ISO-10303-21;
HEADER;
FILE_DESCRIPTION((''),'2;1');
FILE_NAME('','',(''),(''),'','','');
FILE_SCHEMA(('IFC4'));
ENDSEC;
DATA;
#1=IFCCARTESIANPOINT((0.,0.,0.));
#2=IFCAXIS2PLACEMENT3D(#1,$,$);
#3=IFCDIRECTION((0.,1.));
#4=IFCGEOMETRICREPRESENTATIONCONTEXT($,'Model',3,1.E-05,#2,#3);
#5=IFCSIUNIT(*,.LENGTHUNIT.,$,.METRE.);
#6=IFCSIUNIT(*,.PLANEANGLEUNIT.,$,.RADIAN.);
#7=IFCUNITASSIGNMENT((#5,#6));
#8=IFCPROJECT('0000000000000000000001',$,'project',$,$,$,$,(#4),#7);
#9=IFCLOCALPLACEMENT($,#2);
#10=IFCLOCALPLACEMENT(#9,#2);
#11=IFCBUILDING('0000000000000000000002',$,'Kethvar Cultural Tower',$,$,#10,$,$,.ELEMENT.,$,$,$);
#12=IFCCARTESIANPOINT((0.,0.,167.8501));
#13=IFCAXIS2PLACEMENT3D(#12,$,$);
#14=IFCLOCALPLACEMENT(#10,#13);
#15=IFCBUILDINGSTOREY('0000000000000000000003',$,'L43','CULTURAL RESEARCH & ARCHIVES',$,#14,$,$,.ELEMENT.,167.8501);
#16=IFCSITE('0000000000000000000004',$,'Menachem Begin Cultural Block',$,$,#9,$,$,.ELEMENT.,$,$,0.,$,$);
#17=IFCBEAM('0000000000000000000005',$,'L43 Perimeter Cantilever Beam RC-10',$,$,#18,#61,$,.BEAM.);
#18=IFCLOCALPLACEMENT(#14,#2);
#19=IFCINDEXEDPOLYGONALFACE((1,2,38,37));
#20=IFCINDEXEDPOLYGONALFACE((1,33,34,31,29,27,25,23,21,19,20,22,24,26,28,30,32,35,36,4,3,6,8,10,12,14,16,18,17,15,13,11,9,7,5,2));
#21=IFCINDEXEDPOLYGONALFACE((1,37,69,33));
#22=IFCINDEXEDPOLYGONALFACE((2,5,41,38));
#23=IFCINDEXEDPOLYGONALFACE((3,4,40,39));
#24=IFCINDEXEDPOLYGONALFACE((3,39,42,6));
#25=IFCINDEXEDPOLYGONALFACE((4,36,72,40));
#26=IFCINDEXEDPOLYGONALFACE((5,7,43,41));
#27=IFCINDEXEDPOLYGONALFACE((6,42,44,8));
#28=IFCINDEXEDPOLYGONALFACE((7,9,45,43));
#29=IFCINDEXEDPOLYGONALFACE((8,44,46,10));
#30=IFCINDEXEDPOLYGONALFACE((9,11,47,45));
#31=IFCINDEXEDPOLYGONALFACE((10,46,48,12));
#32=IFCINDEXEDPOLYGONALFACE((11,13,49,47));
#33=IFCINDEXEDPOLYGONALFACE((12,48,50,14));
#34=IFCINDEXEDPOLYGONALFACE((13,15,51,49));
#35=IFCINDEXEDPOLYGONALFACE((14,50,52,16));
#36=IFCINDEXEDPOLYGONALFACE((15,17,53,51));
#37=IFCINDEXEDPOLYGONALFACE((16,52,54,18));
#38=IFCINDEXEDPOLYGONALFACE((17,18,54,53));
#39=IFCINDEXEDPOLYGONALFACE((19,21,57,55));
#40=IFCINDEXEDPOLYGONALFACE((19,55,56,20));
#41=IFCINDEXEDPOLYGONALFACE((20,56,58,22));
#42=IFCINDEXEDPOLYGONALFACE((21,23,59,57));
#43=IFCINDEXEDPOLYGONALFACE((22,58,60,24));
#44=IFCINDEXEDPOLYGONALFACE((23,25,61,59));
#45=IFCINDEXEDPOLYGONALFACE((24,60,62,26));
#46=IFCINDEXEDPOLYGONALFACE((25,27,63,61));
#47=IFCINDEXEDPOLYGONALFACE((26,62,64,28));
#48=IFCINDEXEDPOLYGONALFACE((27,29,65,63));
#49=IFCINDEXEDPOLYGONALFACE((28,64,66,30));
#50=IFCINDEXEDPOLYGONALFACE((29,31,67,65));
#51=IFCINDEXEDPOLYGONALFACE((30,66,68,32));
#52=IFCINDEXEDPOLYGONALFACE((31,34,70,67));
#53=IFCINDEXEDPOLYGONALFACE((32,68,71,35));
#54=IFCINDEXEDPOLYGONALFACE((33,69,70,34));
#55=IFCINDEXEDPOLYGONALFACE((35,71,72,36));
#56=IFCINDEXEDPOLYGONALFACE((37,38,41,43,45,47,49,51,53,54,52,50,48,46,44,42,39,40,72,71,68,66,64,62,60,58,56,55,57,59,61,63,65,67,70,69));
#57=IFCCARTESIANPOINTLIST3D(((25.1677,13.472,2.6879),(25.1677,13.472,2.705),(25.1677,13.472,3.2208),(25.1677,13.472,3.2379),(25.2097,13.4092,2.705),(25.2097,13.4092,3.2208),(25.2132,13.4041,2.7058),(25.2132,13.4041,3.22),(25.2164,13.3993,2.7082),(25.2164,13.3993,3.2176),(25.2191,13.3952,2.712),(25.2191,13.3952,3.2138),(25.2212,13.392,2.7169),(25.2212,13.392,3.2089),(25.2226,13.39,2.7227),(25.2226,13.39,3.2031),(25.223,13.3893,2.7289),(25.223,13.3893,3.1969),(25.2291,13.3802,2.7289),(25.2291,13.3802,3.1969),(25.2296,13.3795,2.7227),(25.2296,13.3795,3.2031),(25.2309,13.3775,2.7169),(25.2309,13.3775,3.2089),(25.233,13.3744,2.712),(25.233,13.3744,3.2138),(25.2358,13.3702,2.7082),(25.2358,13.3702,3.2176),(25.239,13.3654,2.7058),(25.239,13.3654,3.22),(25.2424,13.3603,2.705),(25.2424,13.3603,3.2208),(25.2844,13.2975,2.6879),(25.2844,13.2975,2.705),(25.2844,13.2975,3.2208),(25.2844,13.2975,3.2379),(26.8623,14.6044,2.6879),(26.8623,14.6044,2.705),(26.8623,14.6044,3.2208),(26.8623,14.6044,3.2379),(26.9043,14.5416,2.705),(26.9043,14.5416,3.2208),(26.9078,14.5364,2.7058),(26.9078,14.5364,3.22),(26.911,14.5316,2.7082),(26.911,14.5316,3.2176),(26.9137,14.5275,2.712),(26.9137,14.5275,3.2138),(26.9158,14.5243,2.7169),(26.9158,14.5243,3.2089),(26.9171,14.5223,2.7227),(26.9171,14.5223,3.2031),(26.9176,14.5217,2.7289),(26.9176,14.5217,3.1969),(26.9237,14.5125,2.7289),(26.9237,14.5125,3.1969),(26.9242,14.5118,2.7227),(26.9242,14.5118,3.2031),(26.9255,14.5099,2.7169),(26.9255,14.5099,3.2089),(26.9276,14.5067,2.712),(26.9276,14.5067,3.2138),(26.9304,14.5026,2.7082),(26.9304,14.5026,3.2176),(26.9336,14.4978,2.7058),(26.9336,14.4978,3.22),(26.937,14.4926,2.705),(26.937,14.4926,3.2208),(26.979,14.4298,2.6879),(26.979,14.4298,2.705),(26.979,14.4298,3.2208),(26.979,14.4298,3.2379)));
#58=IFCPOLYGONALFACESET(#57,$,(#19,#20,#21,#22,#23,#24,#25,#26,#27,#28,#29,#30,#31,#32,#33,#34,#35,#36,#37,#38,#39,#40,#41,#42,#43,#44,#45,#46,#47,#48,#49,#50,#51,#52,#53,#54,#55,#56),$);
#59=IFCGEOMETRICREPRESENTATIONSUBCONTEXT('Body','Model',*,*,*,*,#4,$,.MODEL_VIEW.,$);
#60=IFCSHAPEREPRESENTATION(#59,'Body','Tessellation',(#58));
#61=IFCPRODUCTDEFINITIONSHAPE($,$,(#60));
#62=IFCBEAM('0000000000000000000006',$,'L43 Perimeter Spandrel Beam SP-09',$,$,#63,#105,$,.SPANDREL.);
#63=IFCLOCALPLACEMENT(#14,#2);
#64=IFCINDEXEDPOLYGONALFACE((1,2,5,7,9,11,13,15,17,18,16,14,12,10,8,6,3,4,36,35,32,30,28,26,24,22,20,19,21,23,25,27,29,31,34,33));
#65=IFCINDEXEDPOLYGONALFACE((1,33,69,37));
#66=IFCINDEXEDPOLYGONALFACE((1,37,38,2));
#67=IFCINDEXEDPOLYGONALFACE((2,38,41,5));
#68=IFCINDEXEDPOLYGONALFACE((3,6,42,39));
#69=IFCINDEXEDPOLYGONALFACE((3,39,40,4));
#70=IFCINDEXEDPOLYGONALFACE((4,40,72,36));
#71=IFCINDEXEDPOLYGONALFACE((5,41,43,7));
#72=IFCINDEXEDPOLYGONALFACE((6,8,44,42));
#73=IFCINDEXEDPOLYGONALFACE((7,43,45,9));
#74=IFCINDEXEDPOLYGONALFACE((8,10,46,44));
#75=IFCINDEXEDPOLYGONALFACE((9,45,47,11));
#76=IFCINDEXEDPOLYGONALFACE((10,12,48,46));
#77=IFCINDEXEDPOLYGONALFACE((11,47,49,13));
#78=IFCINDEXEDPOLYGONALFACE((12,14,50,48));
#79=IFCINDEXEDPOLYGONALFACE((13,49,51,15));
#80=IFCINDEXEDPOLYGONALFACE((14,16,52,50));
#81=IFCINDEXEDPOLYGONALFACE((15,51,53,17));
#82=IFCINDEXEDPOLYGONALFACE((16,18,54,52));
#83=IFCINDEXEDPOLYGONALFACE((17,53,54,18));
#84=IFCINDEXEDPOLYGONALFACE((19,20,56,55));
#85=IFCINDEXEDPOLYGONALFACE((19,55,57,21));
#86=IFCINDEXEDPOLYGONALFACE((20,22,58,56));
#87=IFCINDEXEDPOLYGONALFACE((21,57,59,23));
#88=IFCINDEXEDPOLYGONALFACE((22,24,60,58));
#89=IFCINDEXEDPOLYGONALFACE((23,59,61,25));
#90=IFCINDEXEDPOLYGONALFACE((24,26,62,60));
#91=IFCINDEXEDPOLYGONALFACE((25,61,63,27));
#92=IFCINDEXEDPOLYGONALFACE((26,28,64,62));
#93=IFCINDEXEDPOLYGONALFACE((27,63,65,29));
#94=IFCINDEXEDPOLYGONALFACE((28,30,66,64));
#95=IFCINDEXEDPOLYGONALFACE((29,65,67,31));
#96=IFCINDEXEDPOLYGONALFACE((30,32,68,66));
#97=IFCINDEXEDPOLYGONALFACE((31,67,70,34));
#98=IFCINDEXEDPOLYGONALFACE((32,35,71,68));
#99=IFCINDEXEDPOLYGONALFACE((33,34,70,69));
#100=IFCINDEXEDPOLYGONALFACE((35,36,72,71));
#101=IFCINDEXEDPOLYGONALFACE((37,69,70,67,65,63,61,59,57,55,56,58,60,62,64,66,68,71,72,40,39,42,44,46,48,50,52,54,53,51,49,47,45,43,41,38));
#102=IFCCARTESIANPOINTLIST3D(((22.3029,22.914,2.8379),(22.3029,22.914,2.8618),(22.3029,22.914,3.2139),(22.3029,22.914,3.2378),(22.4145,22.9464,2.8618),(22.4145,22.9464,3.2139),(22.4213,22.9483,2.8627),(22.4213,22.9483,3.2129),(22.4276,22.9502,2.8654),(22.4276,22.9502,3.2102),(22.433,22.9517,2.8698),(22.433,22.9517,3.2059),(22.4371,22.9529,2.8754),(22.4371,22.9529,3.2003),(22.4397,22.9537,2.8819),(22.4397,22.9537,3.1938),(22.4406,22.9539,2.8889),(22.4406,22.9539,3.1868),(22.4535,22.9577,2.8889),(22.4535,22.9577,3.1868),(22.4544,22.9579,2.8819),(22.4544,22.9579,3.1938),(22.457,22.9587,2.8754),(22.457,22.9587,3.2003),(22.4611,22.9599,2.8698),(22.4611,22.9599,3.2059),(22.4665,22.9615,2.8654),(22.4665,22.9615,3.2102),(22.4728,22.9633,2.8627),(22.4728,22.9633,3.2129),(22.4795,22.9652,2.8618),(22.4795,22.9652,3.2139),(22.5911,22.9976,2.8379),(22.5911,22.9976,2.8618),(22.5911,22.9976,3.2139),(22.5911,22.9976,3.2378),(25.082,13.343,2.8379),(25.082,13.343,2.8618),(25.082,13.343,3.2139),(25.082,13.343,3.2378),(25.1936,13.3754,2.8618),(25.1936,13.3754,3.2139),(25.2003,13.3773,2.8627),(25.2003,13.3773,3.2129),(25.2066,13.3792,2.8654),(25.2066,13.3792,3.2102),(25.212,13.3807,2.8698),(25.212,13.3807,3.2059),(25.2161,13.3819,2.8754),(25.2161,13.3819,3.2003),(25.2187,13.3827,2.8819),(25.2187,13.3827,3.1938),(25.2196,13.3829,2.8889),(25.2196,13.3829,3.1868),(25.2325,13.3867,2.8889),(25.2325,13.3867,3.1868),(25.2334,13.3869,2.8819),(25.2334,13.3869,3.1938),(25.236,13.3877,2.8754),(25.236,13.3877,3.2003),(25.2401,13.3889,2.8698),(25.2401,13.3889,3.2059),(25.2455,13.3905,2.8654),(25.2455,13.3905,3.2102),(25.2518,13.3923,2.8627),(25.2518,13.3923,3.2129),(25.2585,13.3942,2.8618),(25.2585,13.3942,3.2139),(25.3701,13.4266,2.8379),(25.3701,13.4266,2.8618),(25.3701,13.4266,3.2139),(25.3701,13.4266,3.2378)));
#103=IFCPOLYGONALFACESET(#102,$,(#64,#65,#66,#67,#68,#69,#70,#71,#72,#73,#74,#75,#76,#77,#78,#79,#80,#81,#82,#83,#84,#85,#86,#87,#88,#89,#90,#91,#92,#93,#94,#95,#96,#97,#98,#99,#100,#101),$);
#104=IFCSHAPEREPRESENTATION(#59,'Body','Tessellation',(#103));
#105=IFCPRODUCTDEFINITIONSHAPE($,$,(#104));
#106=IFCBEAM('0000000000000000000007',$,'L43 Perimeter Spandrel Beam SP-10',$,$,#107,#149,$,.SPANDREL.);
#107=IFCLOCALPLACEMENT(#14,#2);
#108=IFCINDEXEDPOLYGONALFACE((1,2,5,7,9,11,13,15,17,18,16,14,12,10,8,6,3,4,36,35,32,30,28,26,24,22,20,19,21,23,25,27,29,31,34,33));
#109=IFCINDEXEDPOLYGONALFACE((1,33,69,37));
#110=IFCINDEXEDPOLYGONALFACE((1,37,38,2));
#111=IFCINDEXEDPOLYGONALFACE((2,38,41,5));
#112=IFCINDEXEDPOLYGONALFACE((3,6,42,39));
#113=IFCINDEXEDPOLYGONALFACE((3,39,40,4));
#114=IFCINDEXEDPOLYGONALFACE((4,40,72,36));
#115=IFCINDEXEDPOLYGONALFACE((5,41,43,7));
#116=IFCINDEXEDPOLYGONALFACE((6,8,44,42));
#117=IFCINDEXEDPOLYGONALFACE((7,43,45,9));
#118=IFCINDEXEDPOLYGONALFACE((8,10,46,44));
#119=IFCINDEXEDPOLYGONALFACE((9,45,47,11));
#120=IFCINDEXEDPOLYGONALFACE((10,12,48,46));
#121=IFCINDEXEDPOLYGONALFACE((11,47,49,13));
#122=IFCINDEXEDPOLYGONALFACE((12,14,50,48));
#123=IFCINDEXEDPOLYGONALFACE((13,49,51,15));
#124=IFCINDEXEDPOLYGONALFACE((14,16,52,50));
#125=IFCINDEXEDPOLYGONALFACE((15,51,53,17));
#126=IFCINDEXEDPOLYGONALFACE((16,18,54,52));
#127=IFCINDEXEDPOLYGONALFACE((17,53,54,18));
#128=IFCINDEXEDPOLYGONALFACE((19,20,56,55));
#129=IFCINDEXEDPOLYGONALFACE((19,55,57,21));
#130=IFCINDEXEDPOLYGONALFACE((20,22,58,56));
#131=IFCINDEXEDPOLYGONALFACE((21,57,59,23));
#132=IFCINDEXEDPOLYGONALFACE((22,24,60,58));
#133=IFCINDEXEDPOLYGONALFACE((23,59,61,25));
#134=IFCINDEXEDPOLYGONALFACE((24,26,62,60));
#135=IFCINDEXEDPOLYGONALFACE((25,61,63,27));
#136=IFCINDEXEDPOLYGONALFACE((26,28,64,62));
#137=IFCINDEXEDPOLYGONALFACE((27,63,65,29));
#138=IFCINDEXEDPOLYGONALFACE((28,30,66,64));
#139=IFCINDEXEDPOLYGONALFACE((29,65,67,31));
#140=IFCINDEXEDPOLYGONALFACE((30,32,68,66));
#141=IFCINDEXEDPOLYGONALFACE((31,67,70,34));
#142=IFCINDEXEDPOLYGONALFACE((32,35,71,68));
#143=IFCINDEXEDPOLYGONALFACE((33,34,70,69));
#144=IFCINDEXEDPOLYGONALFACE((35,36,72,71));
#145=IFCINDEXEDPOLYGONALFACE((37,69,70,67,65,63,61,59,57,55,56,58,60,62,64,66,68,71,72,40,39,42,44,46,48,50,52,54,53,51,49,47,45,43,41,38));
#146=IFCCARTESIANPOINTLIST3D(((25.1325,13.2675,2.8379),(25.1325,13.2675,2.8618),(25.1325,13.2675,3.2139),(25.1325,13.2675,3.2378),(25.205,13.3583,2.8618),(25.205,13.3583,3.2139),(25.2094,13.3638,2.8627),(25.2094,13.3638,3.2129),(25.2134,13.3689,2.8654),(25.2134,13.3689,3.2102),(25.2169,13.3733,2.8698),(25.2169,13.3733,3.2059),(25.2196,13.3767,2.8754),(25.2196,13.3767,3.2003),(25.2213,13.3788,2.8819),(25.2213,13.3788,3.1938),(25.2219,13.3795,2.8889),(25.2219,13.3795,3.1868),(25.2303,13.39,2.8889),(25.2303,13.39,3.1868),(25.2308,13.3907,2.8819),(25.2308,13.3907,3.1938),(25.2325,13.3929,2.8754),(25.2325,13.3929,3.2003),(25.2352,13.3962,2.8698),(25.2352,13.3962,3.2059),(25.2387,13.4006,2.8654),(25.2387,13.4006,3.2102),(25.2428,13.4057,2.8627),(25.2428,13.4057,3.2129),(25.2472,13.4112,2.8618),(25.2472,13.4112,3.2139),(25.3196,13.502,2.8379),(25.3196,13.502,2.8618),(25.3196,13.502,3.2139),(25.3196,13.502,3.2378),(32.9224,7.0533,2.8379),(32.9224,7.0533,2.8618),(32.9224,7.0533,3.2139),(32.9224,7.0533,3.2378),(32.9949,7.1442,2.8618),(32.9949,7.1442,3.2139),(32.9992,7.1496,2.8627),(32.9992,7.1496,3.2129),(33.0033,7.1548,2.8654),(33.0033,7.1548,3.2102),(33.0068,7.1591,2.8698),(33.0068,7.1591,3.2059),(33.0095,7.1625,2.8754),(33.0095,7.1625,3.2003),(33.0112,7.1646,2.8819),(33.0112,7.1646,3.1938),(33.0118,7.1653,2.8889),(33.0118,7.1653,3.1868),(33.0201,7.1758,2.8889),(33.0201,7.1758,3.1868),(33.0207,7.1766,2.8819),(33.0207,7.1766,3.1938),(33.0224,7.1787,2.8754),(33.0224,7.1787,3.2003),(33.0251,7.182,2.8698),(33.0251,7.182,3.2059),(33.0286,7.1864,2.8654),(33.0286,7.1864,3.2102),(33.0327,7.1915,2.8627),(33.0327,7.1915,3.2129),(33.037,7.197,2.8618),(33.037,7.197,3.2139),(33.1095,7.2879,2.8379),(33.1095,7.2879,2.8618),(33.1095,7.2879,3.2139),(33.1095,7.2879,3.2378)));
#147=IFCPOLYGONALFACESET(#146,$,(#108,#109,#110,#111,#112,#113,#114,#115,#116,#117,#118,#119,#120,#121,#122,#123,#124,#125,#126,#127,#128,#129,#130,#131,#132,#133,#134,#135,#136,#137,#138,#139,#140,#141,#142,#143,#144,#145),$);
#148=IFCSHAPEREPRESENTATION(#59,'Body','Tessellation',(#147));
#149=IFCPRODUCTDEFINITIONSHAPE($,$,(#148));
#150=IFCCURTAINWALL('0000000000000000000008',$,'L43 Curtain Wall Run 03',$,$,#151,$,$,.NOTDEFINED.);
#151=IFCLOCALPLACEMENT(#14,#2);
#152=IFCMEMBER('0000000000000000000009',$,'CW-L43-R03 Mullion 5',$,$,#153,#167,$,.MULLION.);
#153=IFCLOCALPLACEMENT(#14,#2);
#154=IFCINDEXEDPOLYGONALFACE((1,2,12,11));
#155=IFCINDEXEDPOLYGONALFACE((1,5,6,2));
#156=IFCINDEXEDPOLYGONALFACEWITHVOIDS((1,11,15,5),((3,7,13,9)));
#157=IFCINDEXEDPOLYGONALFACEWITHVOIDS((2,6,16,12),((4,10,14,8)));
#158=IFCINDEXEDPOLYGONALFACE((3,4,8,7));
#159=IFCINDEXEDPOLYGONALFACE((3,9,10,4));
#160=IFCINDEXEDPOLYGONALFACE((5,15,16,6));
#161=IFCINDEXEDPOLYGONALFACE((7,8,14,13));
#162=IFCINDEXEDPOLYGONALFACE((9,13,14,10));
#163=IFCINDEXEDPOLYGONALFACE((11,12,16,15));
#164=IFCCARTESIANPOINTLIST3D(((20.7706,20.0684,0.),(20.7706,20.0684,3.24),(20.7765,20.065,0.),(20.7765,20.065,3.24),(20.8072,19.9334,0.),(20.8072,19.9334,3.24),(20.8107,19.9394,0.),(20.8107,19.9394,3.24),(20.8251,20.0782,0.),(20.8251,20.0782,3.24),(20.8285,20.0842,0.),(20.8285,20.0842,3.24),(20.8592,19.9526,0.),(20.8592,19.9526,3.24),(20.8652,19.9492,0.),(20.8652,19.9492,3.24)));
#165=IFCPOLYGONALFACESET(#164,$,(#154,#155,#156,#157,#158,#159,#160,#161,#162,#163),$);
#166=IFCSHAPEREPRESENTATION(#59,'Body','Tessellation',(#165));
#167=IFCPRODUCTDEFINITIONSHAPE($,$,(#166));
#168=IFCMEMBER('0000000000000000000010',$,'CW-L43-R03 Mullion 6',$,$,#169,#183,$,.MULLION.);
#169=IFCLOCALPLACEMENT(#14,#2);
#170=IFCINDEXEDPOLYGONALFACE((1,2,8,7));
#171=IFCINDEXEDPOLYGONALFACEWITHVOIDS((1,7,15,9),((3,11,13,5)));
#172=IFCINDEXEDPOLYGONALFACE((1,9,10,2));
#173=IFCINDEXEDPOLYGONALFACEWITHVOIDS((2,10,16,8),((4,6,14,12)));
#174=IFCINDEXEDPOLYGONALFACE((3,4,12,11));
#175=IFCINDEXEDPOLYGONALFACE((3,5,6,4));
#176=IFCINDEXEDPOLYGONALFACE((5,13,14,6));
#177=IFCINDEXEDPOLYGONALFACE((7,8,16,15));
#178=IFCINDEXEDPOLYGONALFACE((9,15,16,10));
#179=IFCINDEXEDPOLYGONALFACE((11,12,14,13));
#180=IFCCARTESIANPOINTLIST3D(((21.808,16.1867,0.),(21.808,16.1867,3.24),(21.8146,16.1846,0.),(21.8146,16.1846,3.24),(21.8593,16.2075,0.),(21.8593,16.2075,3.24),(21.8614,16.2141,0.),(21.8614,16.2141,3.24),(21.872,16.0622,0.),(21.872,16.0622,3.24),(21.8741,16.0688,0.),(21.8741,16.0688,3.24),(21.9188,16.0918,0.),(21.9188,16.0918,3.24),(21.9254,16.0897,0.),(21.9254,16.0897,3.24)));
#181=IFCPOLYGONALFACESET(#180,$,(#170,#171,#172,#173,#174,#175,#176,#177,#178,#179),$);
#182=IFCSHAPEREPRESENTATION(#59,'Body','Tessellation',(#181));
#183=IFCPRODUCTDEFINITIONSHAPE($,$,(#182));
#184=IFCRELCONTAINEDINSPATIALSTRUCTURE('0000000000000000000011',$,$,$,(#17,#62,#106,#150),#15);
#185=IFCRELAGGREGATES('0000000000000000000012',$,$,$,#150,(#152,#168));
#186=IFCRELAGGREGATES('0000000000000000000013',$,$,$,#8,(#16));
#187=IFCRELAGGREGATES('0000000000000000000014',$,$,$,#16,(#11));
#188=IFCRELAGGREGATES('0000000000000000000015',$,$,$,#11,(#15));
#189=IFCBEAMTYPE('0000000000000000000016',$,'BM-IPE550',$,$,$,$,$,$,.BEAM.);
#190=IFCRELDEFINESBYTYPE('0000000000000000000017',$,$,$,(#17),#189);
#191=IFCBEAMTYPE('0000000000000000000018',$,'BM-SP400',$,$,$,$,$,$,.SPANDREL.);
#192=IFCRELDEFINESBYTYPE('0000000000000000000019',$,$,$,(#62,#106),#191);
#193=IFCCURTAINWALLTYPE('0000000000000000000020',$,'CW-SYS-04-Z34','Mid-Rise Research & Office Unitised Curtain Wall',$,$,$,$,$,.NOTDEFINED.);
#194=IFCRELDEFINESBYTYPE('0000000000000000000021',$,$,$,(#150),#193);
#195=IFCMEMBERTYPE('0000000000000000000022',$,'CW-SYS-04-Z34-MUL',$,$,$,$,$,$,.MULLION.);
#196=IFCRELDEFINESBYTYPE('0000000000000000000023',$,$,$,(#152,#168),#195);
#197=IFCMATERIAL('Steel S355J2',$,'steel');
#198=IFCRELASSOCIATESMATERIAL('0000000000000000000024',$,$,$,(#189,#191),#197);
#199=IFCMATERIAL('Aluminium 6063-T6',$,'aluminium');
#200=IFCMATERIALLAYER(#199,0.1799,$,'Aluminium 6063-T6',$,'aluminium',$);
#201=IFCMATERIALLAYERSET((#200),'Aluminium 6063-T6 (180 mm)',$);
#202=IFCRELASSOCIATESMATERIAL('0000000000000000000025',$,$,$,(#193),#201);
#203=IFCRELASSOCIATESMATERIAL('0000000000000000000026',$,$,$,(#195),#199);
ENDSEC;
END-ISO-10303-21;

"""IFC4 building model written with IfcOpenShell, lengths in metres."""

from ifc_helpers import new_model, si_unit, direction, frame, origin, origin_2d, place, context, subcontext, project, spatial, hollow_rectangle, i_section, extrude, source, transform, mapped, material, layer, layer_set, material_profile, profile_set, type_object, element, aggregate, save


model = new_model("IFC4")

# Units and contexts
model_context = context("Model", 3, precision=1e-05, world=origin(), true_north=direction((0.0, 1.0)))
body_context = subcontext(model_context, "Body", "Model", "MODEL_VIEW")
ifc_project = project(units=[si_unit("LENGTHUNIT", "METRE"), si_unit("PLANEANGLEUNIT", "RADIAN")], contexts=[model_context])

# Site, building, storey
site_placement = place(None, origin())
site = spatial("IfcSite", under=ifc_project, at=site_placement, Name="Menachem Begin Cultural Block", CompositionType="ELEMENT", RefElevation=0.0)
building_placement = place(site_placement, origin())
building = spatial("IfcBuilding", under=site, at=building_placement, Name="Kethvar Cultural Tower", CompositionType="ELEMENT")
storey_placement = place(building_placement, frame((0.0, 0.0, 167.8501)))
storey = spatial("IfcBuildingStorey", under=building, at=storey_placement, Name="L43", Description="CULTURAL RESEARCH & ARCHIVES", CompositionType="ELEMENT", Elevation=167.8501)

# Beams
ifc_material_1 = material(Name="Steel S355J2", Category="steel")
ifc_material_profile_1 = material_profile(ifc_material_1, i_section(OverallWidth=0.21, OverallDepth=0.55, WebThickness=0.011, FlangeThickness=0.0171, FilletRadius=0.0239, at=origin_2d()), Name="Steel S355J2 — IPE550")
ifc_profile_set_1 = profile_set([ifc_material_profile_1], Name="Steel S355J2 — IPE550")
beam_type_1 = type_object("IfcBeamType", Name="BM-IPE550", PredefinedType="BEAM", material=ifc_profile_set_1)
shared_shape_1 = source(origin(), body_context, "Body", "SweptSolid", [
    extrude(i_section(OverallWidth=0.21, OverallDepth=0.55, WebThickness=0.011, FlangeThickness=0.0171, FilletRadius=0.0239, at=origin_2d()), origin(), (0.0, 0.0, 1.0), 2.0381),
])
beam_1_placement = place(storey_placement, frame((26.9207, 14.5171, 2.9629), z_axis=(-0.83146, -0.555584, 0.0), x_axis=(0.555584, -0.83146, 0.0)))
element("IfcBeam", 1, at=beam_1_placement, inside=storey, type_object=beam_type_1, Name="L43 Perimeter Cantilever Beam RC-10", PredefinedType="BEAM", context=body_context, shape_type="MappedRepresentation", body=[
    mapped(shared_shape_1, transform((0.0, 0.0, 0.0), scale=1.0)),
])
ifc_material_profile_2 = material_profile(ifc_material_1, i_section(OverallWidth=0.3, OverallDepth=0.3999, WebThickness=0.0134, FlangeThickness=0.0239, FilletRadius=0.0271, at=origin_2d()), Name="Steel S355J2 — HEB400")
ifc_profile_set_2 = profile_set([ifc_material_profile_2], Name="Steel S355J2 — HEB400")
beam_type_2 = type_object("IfcBeamType", Name="BM-SP400", PredefinedType="SPANDREL", material=ifc_profile_set_2)
shared_shape_2 = source(origin(), body_context, "Body", "SweptSolid", [
    extrude(i_section(OverallWidth=0.3, OverallDepth=0.3999, WebThickness=0.0134, FlangeThickness=0.0239, FilletRadius=0.0271, at=origin_2d()), origin(), (0.0, 0.0, 1.0), 9.9663),
])
beam_2_placement = place(storey_placement, frame((22.447, 22.9558, 3.0378), z_axis=(0.278844, -0.960336, 0.0), x_axis=(0.960336, 0.278844, 0.0)))
element("IfcBeam", 2, at=beam_2_placement, inside=storey, type_object=beam_type_2, Name="L43 Perimeter Spandrel Beam SP-09", PredefinedType="SPANDREL", context=body_context, shape_type="MappedRepresentation", body=[
    mapped(shared_shape_2, transform((0.0, 0.0, 0.0), scale=1.0)),
])
shared_shape_3 = source(origin(), body_context, "Body", "SweptSolid", [
    extrude(i_section(OverallWidth=0.3, OverallDepth=0.3999, WebThickness=0.0134, FlangeThickness=0.0239, FilletRadius=0.0271, at=origin_2d()), origin(), (0.0, 0.0, 1.0), 9.9648),
])
beam_3_placement = place(storey_placement, frame((25.2261, 13.3848, 3.0378), z_axis=(0.781736, -0.62361, 0.0), x_axis=(0.62361, 0.781736, 0.0)))
element("IfcBeam", 3, at=beam_3_placement, inside=storey, type_object=beam_type_2, Name="L43 Perimeter Spandrel Beam SP-10", PredefinedType="SPANDREL", context=body_context, shape_type="MappedRepresentation", body=[
    mapped(shared_shape_3, transform((0.0, 0.0, 0.0), scale=1.0)),
])

# Curtain wall, members
ifc_material_2 = material(Name="Aluminium 6063-T6", Category="aluminium")
ifc_layer_1 = layer(ifc_material_2, 0.1799, Name="Aluminium 6063-T6", Category="aluminium")
ifc_layer_set_1 = layer_set([ifc_layer_1], Name="Aluminium 6063-T6 (180 mm)")
curtain_wall_type = type_object("IfcCurtainWallType", Name="CW-SYS-04-Z34", Description="Mid-Rise Research & Office Unitised Curtain Wall", PredefinedType="NOTDEFINED", material=ifc_layer_set_1)
curtain_wall_1_placement = place(storey_placement, origin())
curtain_wall_1 = element("IfcCurtainWall", 4, at=curtain_wall_1_placement, inside=storey, type_object=curtain_wall_type, Name="L43 Curtain Wall Run 03", PredefinedType="NOTDEFINED")
ifc_material_profile_3 = material_profile(ifc_material_2, hollow_rectangle(XDim=0.0601, YDim=0.1399, WallThickness=0.0049, at=origin_2d()), Name="Aluminium 6063-T6 — RHS140x60x5")
ifc_profile_set_3 = profile_set([ifc_material_profile_3], Name="Aluminium 6063-T6 — RHS140x60x5")
member_type_1 = type_object("IfcMemberType", Name="CW-SYS-04-Z34-MUL", PredefinedType="MULLION", material=ifc_profile_set_3)
shared_shape_4 = source(origin(), body_context, "Body", "SweptSolid", [
    extrude(hollow_rectangle(XDim=0.0601, YDim=0.1399, WallThickness=0.0049, at=origin_2d()), origin(), (0.0, 0.0, 1.0), 3.24),
])
member_1_placement = place(storey_placement, frame((20.8179, 20.0088, 0.0), z_axis=(0.0, 0.0, 1.0), x_axis=(0.965016, 0.262189, 0.0)))
member_1 = element("IfcMember", 5, at=member_1_placement, type_object=member_type_1, Name="CW-L43-R03 Mullion 5", PredefinedType="MULLION", context=body_context, shape_type="MappedRepresentation", body=[
    mapped(shared_shape_4, transform((0.0, 0.0, 0.0), scale=1.0)),
])
member_2_placement = place(storey_placement, frame((21.8667, 16.1382, 0.0), z_axis=(0.0, 0.0, 1.0), x_axis=(0.889353, 0.457222, 0.0)))
member_2 = element("IfcMember", 6, at=member_2_placement, type_object=member_type_1, Name="CW-L43-R03 Mullion 6", PredefinedType="MULLION", context=body_context, shape_type="MappedRepresentation", body=[
    mapped(shared_shape_4, transform((0.0, 0.0, 0.0), scale=1.0)),
])

aggregate(curtain_wall_1, [member_1, member_2])

save(model, "model.ifc")
